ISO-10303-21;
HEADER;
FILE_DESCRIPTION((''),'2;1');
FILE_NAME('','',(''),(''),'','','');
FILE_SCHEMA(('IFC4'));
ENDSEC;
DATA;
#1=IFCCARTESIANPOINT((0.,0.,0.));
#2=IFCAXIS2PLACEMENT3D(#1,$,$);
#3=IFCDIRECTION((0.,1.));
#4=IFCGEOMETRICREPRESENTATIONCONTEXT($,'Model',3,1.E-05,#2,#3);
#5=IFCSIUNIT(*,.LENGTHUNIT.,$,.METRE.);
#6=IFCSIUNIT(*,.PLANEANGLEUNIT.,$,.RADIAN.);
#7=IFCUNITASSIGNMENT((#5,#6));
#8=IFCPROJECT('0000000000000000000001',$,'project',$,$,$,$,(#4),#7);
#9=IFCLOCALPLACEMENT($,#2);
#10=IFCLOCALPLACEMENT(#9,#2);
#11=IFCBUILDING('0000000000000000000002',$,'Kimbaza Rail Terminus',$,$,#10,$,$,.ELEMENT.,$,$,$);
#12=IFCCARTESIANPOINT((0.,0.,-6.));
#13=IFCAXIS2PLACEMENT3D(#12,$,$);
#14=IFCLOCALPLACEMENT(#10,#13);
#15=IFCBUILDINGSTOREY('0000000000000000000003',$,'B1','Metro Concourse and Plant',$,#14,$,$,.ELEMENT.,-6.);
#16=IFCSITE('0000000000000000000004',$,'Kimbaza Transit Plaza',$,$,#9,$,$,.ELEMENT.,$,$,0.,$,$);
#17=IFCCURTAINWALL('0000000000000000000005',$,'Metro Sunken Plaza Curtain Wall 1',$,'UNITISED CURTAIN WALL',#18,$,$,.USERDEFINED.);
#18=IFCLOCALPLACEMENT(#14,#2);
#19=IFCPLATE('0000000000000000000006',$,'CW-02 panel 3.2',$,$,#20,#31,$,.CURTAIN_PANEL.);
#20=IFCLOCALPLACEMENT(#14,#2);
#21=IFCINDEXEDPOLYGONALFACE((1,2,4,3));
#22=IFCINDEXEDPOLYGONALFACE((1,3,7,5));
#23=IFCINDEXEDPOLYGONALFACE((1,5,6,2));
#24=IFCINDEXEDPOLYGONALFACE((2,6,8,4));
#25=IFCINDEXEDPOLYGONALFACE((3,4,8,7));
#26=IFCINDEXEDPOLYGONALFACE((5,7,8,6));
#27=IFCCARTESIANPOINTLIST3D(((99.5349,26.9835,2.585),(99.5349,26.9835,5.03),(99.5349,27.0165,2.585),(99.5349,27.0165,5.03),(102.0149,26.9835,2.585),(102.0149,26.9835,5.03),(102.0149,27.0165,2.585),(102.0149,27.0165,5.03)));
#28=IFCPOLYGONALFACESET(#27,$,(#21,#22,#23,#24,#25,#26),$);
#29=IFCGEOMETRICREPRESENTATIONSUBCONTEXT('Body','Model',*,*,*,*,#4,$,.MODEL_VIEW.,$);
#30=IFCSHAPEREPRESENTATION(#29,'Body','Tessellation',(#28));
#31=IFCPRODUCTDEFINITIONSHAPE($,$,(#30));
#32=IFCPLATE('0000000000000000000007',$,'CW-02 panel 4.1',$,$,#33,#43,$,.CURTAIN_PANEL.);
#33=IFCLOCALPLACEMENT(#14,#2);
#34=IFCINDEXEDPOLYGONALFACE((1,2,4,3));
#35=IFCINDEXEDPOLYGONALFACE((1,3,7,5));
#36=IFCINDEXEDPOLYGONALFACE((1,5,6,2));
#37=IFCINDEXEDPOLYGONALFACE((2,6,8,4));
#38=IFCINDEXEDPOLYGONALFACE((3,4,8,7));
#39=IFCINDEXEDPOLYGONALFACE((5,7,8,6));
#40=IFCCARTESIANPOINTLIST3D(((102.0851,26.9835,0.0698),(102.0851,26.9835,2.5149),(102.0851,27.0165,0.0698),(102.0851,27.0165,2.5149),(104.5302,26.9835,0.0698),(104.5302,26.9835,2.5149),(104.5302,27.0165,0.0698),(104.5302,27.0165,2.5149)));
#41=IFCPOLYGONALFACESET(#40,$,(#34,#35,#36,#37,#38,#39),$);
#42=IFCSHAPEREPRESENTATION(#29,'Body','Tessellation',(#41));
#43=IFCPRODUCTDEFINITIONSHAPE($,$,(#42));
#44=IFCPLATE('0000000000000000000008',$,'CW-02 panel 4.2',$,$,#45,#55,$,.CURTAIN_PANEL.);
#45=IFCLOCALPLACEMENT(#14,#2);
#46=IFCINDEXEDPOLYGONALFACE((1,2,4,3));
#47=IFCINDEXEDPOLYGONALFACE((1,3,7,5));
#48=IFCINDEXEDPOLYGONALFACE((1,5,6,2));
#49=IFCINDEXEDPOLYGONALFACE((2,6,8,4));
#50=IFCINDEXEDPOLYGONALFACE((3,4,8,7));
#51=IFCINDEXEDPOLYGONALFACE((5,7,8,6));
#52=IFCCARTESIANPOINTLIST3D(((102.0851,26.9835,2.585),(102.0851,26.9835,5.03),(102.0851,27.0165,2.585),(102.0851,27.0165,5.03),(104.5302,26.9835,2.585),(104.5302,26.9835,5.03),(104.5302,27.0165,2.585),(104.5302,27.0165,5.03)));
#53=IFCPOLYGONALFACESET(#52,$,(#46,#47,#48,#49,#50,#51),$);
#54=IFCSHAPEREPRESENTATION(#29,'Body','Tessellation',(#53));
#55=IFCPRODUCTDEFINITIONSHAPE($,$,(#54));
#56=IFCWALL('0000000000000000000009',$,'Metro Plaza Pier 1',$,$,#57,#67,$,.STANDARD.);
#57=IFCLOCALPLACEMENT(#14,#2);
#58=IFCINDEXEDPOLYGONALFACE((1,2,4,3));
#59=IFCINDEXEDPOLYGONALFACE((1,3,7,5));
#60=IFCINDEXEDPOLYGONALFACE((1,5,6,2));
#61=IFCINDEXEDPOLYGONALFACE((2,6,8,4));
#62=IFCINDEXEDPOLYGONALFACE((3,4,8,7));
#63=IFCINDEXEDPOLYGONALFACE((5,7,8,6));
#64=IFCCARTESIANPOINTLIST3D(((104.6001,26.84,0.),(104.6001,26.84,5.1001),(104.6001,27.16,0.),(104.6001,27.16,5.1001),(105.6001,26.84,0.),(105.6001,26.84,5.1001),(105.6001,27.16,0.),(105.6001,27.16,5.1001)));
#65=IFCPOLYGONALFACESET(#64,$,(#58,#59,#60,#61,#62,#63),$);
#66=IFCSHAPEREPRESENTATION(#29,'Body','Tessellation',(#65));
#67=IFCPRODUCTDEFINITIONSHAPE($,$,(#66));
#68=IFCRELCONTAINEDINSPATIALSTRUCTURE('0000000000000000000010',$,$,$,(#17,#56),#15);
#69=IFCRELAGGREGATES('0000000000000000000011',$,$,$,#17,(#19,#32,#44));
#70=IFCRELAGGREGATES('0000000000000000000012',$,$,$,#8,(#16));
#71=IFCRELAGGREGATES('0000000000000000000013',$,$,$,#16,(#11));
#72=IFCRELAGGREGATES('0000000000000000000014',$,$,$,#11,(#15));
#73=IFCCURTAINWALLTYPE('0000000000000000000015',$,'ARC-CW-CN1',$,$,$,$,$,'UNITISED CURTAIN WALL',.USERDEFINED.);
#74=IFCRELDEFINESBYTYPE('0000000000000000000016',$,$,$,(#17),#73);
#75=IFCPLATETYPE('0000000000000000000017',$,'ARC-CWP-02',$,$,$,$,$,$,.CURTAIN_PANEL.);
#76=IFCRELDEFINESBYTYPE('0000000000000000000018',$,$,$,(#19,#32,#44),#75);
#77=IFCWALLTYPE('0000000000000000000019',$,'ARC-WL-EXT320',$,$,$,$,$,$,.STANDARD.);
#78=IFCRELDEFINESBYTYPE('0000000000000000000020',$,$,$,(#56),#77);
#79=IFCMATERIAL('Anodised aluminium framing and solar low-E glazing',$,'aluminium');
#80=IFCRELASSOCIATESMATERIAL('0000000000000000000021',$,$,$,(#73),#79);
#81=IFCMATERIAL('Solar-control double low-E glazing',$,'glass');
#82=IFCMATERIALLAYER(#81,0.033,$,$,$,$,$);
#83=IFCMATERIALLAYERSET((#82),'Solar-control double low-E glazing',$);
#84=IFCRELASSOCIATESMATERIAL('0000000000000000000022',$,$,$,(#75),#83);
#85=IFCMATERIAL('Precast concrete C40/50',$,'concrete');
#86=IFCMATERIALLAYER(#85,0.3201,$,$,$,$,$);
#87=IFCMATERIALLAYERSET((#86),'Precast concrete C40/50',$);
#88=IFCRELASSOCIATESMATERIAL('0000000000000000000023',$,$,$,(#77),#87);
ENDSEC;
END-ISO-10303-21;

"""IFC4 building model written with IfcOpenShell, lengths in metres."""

from ifc_helpers import new_model, si_unit, direction, frame, frame_2d, origin, origin_2d, place, context, subcontext, project, spatial, rectangle, extrude, material, layer, layer_set, type_object, element, aggregate, save


model = new_model("IFC4")

# Units and contexts
model_context = context("Model", 3, precision=1e-05, world=origin(), true_north=direction((0.0, 1.0)))
body_context = subcontext(model_context, "Body", "Model", "MODEL_VIEW")
ifc_project = project(units=[si_unit("LENGTHUNIT", "METRE"), si_unit("PLANEANGLEUNIT", "RADIAN")], contexts=[model_context])

# Site, building, storey
site_placement = place(None, origin())
site = spatial("IfcSite", under=ifc_project, at=site_placement, Name="Kimbaza Transit Plaza", CompositionType="ELEMENT", RefElevation=0.0)
building_placement = place(site_placement, origin())
building = spatial("IfcBuilding", under=site, at=building_placement, Name="Kimbaza Rail Terminus", CompositionType="ELEMENT")
storey_placement = place(building_placement, frame((0.0, 0.0, -6.0)))
storey = spatial("IfcBuildingStorey", under=building, at=storey_placement, Name="B1", Description="Metro Concourse and Plant", CompositionType="ELEMENT", Elevation=-6.0)

# Curtain wall, plates
ifc_material_1 = material(Name="Anodised aluminium framing and solar low-E glazing", Category="aluminium")
curtain_wall_type = type_object("IfcCurtainWallType", Name="ARC-CW-CN1", ElementType="UNITISED CURTAIN WALL", PredefinedType="USERDEFINED", material=ifc_material_1)
curtain_wall_placement = place(storey_placement, origin())
curtain_wall = element("IfcCurtainWall", 1, at=curtain_wall_placement, inside=storey, type_object=curtain_wall_type, Name="Metro Sunken Plaza Curtain Wall 1", ObjectType="UNITISED CURTAIN WALL", PredefinedType="USERDEFINED")
ifc_material_2 = material(Name="Solar-control double low-E glazing", Category="glass")
ifc_layer_1 = layer(ifc_material_2, 0.033)
ifc_layer_set_1 = layer_set([ifc_layer_1], Name="Solar-control double low-E glazing")
plate_type = type_object("IfcPlateType", Name="ARC-CWP-02", PredefinedType="CURTAIN_PANEL", material=ifc_layer_set_1)
plate_1_placement = place(storey_placement, frame((100.7749, 27.0, 2.585), z_axis=(0.0, 0.0, 1.0), x_axis=(1.0, 0.0, 0.0)))
plate_1 = element("IfcPlate", 2, at=plate_1_placement, type_object=plate_type, Name="CW-02 panel 3.2", PredefinedType="CURTAIN_PANEL", context=body_context, shape_type="SweptSolid", body=[
    extrude(rectangle(XDim=2.48, YDim=0.033, at=origin_2d()), origin(), (0.0, 0.0, 1.0), 2.4451),
])
plate_2_placement = place(storey_placement, frame((103.3076, 27.0, 0.0698), z_axis=(0.0, 0.0, 1.0), x_axis=(1.0, 0.0, 0.0)))
plate_2 = element("IfcPlate", 3, at=plate_2_placement, type_object=plate_type, Name="CW-02 panel 4.1", PredefinedType="CURTAIN_PANEL", context=body_context, shape_type="SweptSolid", body=[
    extrude(rectangle(XDim=2.4451, YDim=0.033, at=origin_2d()), origin(), (0.0, 0.0, 1.0), 2.4451),
])
plate_3_placement = place(storey_placement, frame((103.3076, 27.0, 2.585), z_axis=(0.0, 0.0, 1.0), x_axis=(1.0, 0.0, 0.0)))
plate_3 = element("IfcPlate", 4, at=plate_3_placement, type_object=plate_type, Name="CW-02 panel 4.2", PredefinedType="CURTAIN_PANEL", context=body_context, shape_type="SweptSolid", body=[
    extrude(rectangle(XDim=2.4451, YDim=0.033, at=origin_2d()), origin(), (0.0, 0.0, 1.0), 2.4451),
])
aggregate(curtain_wall, [plate_1, plate_2, plate_3])

# Wall
ifc_material_3 = material(Name="Precast concrete C40/50", Category="concrete")
ifc_layer_2 = layer(ifc_material_3, 0.3201)
ifc_layer_set_2 = layer_set([ifc_layer_2], Name="Precast concrete C40/50")
wall_type = type_object("IfcWallType", Name="ARC-WL-EXT320", PredefinedType="STANDARD", material=ifc_layer_set_2)
wall_1_placement = place(storey_placement, frame((104.6001, 27.0, 0.0), z_axis=(0.0, 0.0, 1.0), x_axis=(1.0, 0.0, 0.0)))
element("IfcWall", 5, at=wall_1_placement, inside=storey, type_object=wall_type, Name="Metro Plaza Pier 1", PredefinedType="STANDARD", context=body_context, shape_type="SweptSolid", body=[
    extrude(rectangle(XDim=1.0, YDim=0.3201, at=frame_2d((0.5, 0.0))), origin(), (0.0, 0.0, 1.0), 5.1001),
])

save(model, "model.ifc")
